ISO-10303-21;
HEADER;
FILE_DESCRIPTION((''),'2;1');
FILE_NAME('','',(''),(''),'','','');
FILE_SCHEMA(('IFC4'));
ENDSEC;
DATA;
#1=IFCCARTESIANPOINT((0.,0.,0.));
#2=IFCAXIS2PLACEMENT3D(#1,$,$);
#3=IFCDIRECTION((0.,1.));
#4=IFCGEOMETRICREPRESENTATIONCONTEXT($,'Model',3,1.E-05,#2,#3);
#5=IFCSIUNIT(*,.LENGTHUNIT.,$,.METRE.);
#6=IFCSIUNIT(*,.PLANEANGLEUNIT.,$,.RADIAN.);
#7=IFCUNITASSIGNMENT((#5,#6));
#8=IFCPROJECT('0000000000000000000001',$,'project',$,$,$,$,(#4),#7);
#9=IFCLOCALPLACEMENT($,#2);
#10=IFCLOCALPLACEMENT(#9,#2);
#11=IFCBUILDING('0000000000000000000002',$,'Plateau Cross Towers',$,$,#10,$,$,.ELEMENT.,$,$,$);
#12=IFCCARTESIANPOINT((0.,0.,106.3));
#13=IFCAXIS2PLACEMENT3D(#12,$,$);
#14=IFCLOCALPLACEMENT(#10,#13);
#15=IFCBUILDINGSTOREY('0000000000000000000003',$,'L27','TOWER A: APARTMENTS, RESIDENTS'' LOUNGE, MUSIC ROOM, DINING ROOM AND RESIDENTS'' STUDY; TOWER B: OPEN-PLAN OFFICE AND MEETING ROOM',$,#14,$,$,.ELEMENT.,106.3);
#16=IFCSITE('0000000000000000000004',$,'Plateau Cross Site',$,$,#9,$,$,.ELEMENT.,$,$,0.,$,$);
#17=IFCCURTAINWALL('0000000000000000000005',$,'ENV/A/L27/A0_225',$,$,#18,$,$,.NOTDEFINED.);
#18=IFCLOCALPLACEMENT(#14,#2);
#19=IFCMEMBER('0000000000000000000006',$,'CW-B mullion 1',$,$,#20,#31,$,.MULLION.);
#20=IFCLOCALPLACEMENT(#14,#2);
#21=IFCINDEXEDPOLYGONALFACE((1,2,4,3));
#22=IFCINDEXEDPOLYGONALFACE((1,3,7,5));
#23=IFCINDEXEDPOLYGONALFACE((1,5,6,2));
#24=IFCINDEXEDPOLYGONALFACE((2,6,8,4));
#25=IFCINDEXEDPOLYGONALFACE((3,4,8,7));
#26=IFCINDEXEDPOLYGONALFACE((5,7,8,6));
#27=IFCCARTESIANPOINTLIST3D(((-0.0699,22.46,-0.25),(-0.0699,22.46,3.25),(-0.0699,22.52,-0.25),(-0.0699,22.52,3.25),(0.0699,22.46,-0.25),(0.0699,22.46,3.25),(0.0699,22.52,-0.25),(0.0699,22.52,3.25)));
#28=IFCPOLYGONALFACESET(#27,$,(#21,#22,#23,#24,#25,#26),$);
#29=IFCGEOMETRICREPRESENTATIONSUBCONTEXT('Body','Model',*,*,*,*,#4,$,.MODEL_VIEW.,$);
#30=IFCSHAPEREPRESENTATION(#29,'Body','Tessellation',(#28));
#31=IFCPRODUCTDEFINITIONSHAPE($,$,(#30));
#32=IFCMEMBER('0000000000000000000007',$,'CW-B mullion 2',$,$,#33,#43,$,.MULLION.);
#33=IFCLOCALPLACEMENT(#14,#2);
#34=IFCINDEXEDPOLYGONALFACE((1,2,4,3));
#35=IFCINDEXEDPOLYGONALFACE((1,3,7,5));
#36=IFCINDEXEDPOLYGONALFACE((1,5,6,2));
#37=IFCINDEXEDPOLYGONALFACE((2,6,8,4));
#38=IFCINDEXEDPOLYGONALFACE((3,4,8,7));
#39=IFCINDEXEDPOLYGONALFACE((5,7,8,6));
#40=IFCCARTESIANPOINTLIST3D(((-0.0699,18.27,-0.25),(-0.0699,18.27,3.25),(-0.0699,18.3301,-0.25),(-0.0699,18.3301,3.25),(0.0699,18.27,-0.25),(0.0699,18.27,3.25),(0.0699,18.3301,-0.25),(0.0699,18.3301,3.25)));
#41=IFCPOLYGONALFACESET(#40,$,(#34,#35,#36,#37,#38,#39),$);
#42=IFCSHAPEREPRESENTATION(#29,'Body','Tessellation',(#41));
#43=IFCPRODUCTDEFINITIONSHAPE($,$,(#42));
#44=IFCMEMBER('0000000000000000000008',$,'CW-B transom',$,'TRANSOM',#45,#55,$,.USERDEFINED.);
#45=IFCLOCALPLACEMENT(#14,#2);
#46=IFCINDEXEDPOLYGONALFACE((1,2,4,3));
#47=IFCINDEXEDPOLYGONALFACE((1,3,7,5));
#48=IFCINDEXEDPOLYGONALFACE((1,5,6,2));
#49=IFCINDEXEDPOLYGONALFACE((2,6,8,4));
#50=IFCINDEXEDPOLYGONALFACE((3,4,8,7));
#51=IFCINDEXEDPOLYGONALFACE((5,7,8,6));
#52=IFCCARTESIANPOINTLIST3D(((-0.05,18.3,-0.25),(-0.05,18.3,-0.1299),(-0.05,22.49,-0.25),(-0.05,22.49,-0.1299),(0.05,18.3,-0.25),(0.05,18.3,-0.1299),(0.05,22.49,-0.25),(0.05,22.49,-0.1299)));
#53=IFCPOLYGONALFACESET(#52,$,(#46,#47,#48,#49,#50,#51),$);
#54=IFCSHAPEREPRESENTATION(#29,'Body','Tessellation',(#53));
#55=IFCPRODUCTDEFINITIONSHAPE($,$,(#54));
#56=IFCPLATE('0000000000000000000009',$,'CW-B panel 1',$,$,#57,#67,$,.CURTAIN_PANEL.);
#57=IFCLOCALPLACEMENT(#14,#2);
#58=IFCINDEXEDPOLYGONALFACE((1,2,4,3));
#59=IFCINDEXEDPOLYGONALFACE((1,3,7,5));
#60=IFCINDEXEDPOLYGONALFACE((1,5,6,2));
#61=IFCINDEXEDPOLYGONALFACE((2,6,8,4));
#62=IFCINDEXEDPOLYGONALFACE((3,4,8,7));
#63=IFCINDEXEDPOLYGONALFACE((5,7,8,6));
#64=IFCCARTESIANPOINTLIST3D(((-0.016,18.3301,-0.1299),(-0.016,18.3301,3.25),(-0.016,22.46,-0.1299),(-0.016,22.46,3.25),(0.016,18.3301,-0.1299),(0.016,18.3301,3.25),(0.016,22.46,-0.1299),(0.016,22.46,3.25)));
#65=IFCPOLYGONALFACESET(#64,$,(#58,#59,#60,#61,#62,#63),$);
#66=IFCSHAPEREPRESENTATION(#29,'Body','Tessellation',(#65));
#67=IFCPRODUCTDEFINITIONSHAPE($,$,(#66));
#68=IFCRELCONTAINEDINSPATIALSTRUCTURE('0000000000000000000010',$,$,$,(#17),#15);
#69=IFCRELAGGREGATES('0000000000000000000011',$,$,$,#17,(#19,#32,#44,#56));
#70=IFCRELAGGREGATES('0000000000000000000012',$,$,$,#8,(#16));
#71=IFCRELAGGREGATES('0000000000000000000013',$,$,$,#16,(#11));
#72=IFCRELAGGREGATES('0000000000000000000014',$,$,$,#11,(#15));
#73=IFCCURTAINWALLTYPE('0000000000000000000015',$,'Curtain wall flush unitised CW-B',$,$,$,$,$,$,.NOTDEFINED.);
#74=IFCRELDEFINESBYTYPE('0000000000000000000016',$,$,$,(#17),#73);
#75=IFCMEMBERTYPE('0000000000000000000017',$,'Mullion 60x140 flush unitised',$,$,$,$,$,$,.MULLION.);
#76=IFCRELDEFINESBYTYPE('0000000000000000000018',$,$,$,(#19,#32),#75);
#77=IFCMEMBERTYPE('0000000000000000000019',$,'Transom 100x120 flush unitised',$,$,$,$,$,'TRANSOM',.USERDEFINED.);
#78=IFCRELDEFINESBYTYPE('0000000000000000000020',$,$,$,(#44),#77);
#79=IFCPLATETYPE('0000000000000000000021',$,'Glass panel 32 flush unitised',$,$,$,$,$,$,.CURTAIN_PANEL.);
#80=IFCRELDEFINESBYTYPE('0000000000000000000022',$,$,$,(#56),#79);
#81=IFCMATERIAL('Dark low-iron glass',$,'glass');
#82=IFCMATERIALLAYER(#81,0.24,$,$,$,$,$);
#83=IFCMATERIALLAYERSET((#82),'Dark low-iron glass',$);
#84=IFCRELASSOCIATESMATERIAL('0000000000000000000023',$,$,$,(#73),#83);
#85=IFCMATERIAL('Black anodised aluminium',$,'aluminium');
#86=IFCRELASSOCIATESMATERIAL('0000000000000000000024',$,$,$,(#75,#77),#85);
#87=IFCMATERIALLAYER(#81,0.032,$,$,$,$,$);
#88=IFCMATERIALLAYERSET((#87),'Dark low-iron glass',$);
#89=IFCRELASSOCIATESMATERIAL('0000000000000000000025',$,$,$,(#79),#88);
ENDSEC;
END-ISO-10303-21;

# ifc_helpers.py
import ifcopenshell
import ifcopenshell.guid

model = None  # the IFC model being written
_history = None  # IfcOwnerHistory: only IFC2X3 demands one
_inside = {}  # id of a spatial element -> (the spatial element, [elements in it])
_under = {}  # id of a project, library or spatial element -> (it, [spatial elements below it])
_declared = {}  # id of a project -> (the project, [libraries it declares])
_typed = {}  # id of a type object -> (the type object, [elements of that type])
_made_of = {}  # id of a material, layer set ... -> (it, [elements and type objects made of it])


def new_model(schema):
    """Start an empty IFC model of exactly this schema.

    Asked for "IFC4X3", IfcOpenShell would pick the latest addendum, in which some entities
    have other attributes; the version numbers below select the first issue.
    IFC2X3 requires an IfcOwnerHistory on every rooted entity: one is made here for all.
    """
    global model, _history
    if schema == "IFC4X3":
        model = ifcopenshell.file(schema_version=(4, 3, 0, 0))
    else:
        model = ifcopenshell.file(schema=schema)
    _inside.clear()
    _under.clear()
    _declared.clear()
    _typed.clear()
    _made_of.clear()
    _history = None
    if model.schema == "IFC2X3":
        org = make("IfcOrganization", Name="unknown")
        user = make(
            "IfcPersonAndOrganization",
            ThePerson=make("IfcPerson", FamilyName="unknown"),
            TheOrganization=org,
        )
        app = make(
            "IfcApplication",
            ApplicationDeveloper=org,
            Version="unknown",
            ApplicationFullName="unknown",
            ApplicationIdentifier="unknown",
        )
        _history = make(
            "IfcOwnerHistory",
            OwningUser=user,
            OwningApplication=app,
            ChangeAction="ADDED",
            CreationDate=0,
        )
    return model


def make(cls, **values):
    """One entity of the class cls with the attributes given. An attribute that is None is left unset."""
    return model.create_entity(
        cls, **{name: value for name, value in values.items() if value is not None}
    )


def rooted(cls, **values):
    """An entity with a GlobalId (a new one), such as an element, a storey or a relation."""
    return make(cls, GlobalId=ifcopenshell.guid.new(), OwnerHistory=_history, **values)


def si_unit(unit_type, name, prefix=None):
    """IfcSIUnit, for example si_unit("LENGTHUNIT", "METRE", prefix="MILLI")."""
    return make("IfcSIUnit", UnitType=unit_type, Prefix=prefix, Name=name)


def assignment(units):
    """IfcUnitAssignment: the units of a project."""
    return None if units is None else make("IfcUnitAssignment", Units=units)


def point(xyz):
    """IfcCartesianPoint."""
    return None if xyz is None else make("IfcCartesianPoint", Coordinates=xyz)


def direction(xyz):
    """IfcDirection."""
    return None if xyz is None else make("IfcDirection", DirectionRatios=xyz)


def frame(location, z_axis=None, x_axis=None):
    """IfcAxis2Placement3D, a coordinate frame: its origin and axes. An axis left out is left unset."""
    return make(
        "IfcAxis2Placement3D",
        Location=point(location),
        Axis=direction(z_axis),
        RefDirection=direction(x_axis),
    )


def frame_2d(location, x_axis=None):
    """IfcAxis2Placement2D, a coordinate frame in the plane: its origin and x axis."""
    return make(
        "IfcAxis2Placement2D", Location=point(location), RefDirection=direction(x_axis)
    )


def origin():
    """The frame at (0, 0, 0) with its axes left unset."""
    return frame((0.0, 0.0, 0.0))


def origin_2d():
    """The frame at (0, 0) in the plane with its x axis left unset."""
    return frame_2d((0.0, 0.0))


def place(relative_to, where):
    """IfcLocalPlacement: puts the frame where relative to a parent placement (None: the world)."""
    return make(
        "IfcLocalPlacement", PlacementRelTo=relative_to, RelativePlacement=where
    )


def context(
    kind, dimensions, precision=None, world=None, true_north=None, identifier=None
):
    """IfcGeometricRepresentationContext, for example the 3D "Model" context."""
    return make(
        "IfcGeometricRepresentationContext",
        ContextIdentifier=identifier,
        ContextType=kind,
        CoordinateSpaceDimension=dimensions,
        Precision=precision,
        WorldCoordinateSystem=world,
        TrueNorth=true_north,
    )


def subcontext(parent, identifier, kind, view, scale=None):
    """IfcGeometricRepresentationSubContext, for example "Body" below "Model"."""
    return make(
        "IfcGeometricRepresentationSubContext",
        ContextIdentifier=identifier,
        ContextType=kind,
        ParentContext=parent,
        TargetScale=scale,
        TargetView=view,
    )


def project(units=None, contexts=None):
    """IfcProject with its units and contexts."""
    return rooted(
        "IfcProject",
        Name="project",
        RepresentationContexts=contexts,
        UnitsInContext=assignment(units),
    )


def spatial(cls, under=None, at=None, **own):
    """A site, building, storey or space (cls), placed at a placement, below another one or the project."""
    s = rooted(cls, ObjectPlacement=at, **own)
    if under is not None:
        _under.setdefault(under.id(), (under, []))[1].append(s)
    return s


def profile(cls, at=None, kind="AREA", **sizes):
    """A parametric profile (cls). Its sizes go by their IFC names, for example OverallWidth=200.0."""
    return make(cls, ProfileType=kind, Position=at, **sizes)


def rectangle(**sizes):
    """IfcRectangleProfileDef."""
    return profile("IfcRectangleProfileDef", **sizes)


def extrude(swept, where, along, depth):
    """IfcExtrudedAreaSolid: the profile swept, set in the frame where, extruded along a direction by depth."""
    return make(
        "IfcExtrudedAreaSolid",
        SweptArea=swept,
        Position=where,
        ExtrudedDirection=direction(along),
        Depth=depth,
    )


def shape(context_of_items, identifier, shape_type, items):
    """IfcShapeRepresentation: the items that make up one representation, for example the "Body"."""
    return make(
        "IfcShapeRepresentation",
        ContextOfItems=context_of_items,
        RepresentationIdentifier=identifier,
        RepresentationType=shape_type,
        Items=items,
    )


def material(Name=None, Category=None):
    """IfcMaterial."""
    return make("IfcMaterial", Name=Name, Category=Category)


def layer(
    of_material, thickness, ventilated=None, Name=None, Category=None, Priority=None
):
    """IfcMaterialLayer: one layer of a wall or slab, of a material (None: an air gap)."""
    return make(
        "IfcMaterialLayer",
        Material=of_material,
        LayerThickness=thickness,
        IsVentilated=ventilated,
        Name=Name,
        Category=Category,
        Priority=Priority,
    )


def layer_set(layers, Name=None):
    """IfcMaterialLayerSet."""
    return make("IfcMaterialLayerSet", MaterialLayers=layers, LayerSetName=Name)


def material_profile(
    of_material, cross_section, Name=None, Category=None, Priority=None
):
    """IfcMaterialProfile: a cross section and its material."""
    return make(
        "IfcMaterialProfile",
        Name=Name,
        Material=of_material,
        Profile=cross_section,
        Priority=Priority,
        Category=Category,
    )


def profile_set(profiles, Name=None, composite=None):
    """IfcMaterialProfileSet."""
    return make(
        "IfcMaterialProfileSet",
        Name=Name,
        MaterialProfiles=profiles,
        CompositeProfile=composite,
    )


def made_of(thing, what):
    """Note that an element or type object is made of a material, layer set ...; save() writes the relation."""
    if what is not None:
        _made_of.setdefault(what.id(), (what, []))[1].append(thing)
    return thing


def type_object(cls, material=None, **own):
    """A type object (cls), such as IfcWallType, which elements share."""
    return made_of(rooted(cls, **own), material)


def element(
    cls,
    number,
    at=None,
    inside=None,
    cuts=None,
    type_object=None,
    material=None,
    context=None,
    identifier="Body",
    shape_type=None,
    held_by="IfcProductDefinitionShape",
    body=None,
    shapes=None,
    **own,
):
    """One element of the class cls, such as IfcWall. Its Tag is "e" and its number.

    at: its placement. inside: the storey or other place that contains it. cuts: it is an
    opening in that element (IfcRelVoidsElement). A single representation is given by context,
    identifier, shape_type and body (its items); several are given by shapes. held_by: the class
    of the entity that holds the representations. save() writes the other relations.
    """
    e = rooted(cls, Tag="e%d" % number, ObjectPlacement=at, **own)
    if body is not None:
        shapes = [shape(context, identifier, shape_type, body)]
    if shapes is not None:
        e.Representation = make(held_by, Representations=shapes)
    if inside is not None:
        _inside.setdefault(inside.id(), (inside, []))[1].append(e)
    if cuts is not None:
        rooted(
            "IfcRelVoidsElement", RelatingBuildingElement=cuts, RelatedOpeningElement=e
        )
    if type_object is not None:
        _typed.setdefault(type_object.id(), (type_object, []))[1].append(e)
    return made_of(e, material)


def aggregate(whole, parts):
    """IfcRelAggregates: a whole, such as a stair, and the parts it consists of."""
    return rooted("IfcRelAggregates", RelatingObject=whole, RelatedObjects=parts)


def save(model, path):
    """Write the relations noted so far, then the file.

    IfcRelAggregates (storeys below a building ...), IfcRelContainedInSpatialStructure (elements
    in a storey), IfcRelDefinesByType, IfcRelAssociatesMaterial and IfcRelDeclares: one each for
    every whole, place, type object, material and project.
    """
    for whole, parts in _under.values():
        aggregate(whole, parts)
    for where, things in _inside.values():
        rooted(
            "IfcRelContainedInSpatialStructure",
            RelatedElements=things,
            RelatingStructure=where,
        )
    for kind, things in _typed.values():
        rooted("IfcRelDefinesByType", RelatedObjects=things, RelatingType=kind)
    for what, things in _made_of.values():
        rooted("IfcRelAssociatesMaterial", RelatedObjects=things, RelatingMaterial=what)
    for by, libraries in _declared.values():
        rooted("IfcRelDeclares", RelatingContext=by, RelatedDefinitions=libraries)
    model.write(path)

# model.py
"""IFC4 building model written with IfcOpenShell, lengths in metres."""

from ifc_helpers import new_model, si_unit, direction, frame, origin, origin_2d, place, context, subcontext, project, spatial, rectangle, extrude, material, layer, layer_set, material_profile, profile_set, type_object, element, aggregate, save


model = new_model("IFC4")

# Units and contexts
model_context = context("Model", 3, precision=1e-05, world=origin(), true_north=direction((0.0, 1.0)))
body_context = subcontext(model_context, "Body", "Model", "MODEL_VIEW")
ifc_project = project(units=[si_unit("LENGTHUNIT", "METRE"), si_unit("PLANEANGLEUNIT", "RADIAN")], contexts=[model_context])

# Site, building, storey
site_placement = place(None, origin())
site = spatial("IfcSite", under=ifc_project, at=site_placement, Name="Plateau Cross Site", CompositionType="ELEMENT", RefElevation=0.0)
building_placement = place(site_placement, origin())
building = spatial("IfcBuilding", under=site, at=building_placement, Name="Plateau Cross Towers", CompositionType="ELEMENT")
storey_placement = place(building_placement, frame((0.0, 0.0, 106.3)))
storey = spatial("IfcBuildingStorey", under=building, at=storey_placement, Name="L27", Description="TOWER A: APARTMENTS, RESIDENTS' LOUNGE, MUSIC ROOM, DINING ROOM AND RESIDENTS' STUDY; TOWER B: OPEN-PLAN OFFICE AND MEETING ROOM", CompositionType="ELEMENT", Elevation=106.3)

# Curtain wall, members, plate
ifc_material_1 = material(Name="Dark low-iron glass", Category="glass")
ifc_layer_1 = layer(ifc_material_1, 0.24)
ifc_layer_set_1 = layer_set([ifc_layer_1], Name="Dark low-iron glass")
curtain_wall_type = type_object("IfcCurtainWallType", Name="Curtain wall flush unitised CW-B", PredefinedType="NOTDEFINED", material=ifc_layer_set_1)
curtain_wall_placement = place(storey_placement, origin())
curtain_wall = element("IfcCurtainWall", 1, at=curtain_wall_placement, inside=storey, type_object=curtain_wall_type, Name="ENV/A/L27/A0_225", PredefinedType="NOTDEFINED")
ifc_material_2 = material(Name="Black anodised aluminium", Category="aluminium")
ifc_material_profile_1 = material_profile(ifc_material_2, rectangle(XDim=0.0601, YDim=0.1399, at=origin_2d()), Name="MULLION 60x140")
ifc_profile_set_1 = profile_set([ifc_material_profile_1], Name="Black anodised aluminium")
member_type_1 = type_object("IfcMemberType", Name="Mullion 60x140 flush unitised", PredefinedType="MULLION", material=ifc_profile_set_1)
member_1_placement = place(storey_placement, frame((0.0, 22.49, -0.25), z_axis=(0.0, 0.0, 1.0), x_axis=(0.0, -1.0, 0.0)))
member_1 = element("IfcMember", 2, at=member_1_placement, type_object=member_type_1, Name="CW-B mullion 1", PredefinedType="MULLION", context=body_context, shape_type="SweptSolid", body=[
    extrude(rectangle(XDim=0.0601, YDim=0.1399, at=origin_2d()), origin(), (0.0, 0.0, 1.0), 3.5),
])
member_2_placement = place(storey_placement, frame((0.0, 18.3, -0.25), z_axis=(0.0, 0.0, 1.0), x_axis=(0.0, -1.0, 0.0)))
member_2 = element("IfcMember", 3, at=member_2_placement, type_object=member_type_1, Name="CW-B mullion 2", PredefinedType="MULLION", context=body_context, shape_type="SweptSolid", body=[
    extrude(rectangle(XDim=0.0601, YDim=0.1399, at=origin_2d()), origin(), (0.0, 0.0, 1.0), 3.5),
])
ifc_material_profile_2 = material_profile(ifc_material_2, rectangle(XDim=0.1001, YDim=0.1201, at=origin_2d()), Name="TRANSOM 100x120")
ifc_profile_set_2 = profile_set([ifc_material_profile_2], Name="Black anodised aluminium")
member_type_2 = type_object("IfcMemberType", Name="Transom 100x120 flush unitised", ElementType="TRANSOM", PredefinedType="USERDEFINED", material=ifc_profile_set_2)
member_3_placement = place(storey_placement, frame((0.0, 22.49, -0.1899), z_axis=(0.0, -1.0, 0.0), x_axis=(1.0, 0.0, 0.0)))
member_3 = element("IfcMember", 4, at=member_3_placement, type_object=member_type_2, Name="CW-B transom", ObjectType="TRANSOM", PredefinedType="USERDEFINED", context=body_context, shape_type="SweptSolid", body=[
    extrude(rectangle(XDim=0.1001, YDim=0.1201, at=origin_2d()), origin(), (0.0, 0.0, 1.0), 4.1899),
])
ifc_layer_2 = layer(ifc_material_1, 0.032)
ifc_layer_set_2 = layer_set([ifc_layer_2], Name="Dark low-iron glass")
plate_type = type_object("IfcPlateType", Name="Glass panel 32 flush unitised", PredefinedType="CURTAIN_PANEL", material=ifc_layer_set_2)
plate_placement = place(storey_placement, frame((0.0, 20.395, -0.1299), z_axis=(0.0, 0.0, 1.0), x_axis=(0.0, -1.0, 0.0)))
plate = element("IfcPlate", 5, at=plate_placement, type_object=plate_type, Name="CW-B panel 1", PredefinedType="CURTAIN_PANEL", context=body_context, shape_type="SweptSolid", body=[
    extrude(rectangle(XDim=4.1299, YDim=0.032, at=origin_2d()), origin(), (0.0, 0.0, 1.0), 3.3799),
])
aggregate(curtain_wall, [member_1, member_2, member_3, plate])

save(model, "model.ifc")
